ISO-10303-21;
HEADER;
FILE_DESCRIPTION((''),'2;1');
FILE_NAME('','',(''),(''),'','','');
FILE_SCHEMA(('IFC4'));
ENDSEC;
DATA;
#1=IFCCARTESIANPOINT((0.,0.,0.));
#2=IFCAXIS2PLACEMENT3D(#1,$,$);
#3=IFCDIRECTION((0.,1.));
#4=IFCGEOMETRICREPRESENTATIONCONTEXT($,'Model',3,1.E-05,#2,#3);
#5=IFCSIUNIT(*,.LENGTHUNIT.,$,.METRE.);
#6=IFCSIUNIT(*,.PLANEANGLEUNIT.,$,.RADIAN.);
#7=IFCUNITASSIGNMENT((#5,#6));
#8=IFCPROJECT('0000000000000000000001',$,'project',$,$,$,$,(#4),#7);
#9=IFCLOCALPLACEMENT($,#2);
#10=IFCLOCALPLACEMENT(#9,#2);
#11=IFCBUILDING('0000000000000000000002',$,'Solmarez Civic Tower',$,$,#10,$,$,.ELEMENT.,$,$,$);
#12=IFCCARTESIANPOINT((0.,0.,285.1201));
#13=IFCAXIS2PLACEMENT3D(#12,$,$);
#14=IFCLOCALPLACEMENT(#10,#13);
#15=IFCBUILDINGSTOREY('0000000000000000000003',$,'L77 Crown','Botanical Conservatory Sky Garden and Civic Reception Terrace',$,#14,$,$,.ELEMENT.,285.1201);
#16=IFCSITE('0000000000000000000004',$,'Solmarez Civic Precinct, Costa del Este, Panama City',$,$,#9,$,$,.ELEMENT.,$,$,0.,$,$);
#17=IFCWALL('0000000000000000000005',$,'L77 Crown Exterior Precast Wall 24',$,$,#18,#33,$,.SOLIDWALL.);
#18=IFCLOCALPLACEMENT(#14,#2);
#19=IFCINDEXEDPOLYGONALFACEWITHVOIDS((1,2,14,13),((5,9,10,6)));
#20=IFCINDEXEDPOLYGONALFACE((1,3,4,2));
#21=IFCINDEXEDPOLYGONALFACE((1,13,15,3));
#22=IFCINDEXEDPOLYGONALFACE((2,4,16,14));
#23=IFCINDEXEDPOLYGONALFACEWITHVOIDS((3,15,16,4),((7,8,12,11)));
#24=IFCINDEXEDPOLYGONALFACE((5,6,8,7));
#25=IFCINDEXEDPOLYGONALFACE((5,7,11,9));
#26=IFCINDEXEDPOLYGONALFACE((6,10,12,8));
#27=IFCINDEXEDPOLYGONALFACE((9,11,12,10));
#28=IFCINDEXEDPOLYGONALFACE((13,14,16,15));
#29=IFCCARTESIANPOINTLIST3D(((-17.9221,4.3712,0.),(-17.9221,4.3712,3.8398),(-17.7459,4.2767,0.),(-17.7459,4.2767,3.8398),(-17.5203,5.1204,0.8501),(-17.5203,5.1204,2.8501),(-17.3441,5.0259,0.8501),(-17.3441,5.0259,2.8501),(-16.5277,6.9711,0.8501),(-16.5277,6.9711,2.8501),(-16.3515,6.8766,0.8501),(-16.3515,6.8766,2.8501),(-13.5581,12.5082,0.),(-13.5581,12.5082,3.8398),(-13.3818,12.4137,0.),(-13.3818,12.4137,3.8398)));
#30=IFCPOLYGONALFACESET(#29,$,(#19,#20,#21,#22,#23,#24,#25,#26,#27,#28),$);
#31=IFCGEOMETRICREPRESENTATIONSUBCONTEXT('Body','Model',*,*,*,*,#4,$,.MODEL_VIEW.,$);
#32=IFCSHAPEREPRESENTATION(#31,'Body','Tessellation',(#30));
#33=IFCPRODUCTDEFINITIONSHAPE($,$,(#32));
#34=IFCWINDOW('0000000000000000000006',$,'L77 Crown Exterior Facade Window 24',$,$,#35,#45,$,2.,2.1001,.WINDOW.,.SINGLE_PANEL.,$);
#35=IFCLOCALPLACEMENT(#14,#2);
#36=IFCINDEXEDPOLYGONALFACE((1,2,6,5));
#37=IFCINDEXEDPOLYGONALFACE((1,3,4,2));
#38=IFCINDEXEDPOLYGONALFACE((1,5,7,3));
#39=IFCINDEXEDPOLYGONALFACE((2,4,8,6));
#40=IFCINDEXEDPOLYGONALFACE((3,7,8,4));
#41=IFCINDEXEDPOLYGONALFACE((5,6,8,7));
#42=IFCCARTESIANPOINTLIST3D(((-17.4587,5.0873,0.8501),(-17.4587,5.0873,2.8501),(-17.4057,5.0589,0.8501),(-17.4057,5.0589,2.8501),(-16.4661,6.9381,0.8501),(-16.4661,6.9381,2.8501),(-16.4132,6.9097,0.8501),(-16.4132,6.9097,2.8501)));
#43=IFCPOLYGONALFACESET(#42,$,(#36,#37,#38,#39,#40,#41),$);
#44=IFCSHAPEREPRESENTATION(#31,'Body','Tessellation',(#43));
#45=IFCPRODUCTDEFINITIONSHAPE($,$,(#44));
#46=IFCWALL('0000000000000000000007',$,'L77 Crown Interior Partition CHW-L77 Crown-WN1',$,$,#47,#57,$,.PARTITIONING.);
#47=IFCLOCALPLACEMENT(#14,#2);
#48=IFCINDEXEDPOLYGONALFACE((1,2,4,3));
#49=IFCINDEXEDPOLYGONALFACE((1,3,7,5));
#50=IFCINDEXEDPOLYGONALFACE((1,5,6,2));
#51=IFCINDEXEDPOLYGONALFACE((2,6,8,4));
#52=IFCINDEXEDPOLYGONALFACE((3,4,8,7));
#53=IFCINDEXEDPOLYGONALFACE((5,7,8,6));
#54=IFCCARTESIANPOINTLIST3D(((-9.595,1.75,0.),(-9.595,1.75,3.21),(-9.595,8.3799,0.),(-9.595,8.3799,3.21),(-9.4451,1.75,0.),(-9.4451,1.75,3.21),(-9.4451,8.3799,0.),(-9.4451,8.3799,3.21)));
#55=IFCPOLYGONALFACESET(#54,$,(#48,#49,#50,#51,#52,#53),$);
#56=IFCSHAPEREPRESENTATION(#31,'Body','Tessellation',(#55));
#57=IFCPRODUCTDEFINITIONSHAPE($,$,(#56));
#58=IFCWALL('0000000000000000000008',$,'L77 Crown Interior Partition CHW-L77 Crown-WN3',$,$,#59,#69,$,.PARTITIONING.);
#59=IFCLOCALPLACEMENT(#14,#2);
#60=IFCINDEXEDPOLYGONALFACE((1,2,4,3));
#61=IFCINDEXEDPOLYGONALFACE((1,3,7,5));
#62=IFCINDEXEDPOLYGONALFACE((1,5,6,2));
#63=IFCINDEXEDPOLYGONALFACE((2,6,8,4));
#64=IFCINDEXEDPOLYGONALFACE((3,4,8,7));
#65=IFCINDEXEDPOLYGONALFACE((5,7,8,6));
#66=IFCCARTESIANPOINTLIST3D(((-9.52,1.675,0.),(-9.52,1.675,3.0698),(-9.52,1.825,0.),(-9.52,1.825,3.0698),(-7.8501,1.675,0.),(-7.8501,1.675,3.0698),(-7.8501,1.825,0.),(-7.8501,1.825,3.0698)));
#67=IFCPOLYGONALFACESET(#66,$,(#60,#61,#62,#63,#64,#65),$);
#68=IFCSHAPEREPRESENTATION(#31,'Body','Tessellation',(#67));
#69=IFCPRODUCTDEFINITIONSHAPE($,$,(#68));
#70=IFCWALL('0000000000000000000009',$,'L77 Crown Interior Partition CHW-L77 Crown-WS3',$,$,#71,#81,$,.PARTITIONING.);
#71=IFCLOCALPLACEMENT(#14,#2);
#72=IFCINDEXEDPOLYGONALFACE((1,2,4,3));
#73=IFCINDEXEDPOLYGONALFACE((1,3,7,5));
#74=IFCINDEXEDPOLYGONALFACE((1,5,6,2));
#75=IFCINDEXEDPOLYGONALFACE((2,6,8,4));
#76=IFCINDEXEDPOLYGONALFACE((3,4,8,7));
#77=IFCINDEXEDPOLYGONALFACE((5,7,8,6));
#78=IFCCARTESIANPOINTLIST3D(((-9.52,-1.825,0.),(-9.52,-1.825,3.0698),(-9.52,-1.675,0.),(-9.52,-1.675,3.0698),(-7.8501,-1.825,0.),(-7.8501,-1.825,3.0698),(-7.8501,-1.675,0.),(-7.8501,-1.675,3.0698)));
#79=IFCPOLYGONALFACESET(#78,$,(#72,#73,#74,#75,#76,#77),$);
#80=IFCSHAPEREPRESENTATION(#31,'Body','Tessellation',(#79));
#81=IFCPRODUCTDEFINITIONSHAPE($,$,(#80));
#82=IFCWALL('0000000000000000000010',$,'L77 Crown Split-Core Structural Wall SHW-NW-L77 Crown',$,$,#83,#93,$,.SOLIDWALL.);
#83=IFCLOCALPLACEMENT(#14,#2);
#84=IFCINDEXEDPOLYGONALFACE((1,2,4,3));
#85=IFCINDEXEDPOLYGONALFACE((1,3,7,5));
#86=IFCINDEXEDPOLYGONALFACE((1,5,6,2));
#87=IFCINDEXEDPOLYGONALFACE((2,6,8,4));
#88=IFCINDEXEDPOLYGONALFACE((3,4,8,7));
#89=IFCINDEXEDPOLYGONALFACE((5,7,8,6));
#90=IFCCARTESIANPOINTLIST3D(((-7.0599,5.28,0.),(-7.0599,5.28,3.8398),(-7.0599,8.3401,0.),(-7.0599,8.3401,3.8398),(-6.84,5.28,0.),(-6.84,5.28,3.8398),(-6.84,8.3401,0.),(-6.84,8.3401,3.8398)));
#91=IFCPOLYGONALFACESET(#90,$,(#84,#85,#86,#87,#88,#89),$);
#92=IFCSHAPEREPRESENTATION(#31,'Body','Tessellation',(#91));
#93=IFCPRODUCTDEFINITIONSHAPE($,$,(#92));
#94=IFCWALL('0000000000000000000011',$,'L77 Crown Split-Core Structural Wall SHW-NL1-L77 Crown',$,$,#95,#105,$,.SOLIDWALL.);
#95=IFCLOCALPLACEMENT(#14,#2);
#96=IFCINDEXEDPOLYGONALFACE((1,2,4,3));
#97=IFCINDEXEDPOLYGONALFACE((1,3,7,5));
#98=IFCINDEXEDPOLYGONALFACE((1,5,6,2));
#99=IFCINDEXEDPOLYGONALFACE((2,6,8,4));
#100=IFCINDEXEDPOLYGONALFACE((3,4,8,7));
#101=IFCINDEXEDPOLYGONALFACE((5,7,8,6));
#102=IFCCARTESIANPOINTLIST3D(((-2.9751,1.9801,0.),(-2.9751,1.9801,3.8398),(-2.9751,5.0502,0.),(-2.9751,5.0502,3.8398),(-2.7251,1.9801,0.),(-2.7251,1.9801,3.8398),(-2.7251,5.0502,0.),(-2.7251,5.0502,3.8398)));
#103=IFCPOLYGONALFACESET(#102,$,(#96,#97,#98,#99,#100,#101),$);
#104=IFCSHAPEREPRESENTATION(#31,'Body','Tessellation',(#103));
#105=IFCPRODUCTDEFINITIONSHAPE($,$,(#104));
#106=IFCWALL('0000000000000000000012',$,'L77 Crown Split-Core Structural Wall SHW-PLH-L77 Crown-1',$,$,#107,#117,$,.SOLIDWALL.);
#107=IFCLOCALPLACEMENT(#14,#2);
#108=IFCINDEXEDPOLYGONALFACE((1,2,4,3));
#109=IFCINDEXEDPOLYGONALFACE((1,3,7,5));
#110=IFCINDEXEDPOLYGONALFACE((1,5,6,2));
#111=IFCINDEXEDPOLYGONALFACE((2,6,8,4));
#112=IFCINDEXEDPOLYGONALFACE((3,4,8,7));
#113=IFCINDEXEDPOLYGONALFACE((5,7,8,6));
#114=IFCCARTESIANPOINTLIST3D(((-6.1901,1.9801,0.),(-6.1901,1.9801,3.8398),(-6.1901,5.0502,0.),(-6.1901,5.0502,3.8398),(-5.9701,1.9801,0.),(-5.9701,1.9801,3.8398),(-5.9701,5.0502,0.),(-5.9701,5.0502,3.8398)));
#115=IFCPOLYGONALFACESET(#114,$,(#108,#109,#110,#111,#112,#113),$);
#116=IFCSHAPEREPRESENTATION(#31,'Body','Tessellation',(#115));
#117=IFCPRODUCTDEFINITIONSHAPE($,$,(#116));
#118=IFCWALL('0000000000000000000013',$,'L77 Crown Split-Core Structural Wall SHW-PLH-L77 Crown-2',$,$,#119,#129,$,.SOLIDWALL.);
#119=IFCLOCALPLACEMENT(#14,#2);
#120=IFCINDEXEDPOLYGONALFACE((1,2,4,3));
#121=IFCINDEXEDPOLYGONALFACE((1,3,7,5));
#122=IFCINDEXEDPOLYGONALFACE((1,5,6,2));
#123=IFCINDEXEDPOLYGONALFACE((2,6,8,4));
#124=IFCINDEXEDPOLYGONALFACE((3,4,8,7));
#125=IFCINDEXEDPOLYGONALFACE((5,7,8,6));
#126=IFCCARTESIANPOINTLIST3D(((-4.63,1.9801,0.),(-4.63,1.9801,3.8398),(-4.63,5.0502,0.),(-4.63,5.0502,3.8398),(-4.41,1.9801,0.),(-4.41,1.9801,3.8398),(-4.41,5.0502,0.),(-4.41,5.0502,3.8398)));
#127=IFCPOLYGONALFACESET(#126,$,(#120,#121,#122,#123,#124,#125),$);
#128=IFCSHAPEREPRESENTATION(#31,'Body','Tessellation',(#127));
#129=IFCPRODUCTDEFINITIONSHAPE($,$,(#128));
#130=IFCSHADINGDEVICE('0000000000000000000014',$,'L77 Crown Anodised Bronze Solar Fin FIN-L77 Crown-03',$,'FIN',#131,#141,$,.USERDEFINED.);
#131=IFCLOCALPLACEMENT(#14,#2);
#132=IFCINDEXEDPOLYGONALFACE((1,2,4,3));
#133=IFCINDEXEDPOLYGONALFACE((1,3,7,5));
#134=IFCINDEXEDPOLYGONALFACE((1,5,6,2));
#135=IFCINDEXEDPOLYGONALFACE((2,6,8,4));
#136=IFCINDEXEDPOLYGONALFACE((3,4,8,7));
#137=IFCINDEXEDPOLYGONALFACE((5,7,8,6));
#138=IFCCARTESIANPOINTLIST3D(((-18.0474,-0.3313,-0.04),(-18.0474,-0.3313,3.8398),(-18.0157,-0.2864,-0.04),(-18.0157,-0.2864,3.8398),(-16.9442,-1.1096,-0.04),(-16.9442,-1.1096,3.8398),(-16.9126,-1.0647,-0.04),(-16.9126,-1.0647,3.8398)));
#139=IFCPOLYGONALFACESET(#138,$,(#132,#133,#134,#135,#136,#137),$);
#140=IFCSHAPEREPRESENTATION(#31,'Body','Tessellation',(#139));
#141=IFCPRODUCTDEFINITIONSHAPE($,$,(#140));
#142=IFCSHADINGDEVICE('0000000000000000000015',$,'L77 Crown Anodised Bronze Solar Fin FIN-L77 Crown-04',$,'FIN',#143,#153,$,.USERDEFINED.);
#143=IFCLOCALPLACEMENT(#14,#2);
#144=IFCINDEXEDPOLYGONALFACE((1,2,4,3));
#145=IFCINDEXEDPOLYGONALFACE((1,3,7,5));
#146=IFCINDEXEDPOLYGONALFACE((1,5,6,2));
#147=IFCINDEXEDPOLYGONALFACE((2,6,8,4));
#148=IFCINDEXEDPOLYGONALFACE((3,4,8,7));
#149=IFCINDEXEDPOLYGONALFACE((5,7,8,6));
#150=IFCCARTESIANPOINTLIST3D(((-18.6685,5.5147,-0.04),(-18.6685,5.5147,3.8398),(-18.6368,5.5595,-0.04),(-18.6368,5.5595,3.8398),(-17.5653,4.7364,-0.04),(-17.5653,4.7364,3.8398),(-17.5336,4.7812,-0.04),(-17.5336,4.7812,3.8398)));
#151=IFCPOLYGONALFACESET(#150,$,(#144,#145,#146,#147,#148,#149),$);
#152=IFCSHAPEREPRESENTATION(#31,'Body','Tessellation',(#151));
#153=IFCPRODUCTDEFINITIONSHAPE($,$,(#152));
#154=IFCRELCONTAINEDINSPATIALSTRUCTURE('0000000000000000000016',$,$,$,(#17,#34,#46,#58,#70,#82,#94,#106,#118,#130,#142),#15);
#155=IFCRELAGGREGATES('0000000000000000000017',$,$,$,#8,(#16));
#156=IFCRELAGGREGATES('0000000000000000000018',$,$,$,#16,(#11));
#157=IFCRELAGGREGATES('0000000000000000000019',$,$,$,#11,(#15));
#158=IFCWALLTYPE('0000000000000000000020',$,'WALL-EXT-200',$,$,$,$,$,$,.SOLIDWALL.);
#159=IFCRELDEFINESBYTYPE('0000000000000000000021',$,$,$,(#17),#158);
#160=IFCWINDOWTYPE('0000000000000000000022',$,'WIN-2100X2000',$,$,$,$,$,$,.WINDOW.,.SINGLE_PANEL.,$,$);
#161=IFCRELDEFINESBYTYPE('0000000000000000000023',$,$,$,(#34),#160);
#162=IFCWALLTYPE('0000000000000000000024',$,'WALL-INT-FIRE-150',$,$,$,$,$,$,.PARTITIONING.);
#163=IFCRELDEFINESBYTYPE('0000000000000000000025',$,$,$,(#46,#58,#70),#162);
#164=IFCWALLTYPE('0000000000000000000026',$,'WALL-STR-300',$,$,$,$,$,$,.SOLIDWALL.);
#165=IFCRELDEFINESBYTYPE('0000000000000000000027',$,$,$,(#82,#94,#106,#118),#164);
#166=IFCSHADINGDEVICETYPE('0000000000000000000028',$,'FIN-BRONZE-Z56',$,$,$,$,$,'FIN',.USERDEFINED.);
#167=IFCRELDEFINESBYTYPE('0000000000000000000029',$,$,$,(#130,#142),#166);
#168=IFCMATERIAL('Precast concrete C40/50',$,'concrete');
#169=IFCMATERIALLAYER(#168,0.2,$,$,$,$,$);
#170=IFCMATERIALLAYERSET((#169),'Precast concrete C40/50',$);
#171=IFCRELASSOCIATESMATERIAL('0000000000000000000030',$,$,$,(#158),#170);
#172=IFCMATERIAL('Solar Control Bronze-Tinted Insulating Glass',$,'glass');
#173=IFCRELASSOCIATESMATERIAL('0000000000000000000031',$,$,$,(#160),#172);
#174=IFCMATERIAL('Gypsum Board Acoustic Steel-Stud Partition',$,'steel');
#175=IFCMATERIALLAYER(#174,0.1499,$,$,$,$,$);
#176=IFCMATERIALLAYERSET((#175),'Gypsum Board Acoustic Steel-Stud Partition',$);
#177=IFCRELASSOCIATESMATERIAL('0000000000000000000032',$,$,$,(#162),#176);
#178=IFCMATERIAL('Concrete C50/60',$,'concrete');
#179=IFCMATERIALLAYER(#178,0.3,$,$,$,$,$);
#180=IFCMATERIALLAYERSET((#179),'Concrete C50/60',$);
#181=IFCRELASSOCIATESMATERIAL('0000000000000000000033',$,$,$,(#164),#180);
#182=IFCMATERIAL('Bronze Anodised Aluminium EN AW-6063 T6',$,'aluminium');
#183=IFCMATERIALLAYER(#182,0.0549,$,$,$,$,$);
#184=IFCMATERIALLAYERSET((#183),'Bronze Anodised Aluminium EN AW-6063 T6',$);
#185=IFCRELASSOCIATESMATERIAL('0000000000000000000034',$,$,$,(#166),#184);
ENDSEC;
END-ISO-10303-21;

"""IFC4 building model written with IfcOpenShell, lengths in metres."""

from ifc_helpers import new_model, si_unit, direction, frame, frame_2d, origin, origin_2d, place, context, subcontext, project, spatial, rectangle, extrude, material, layer, layer_set, type_object, element, fill, save


model = new_model("IFC4")

# Units and contexts
model_context = context("Model", 3, precision=1e-05, world=origin(), true_north=direction((0.0, 1.0)))
body_context = subcontext(model_context, "Body", "Model", "MODEL_VIEW")
ifc_project = project(units=[si_unit("LENGTHUNIT", "METRE"), si_unit("PLANEANGLEUNIT", "RADIAN")], contexts=[model_context])

# Site, building, storey
site_placement = place(None, origin())
site = spatial("IfcSite", under=ifc_project, at=site_placement, Name="Solmarez Civic Precinct, Costa del Este, Panama City", CompositionType="ELEMENT", RefElevation=0.0)
building_placement = place(site_placement, origin())
building = spatial("IfcBuilding", under=site, at=building_placement, Name="Solmarez Civic Tower", CompositionType="ELEMENT")
storey_placement = place(building_placement, frame((0.0, 0.0, 285.1201)))
storey = spatial("IfcBuildingStorey", under=building, at=storey_placement, Name="L77 Crown", Description="Botanical Conservatory Sky Garden and Civic Reception Terrace", CompositionType="ELEMENT", Elevation=285.1201)

# Shared definitions
ifc_material_1 = material(Name="Concrete C50/60", Category="concrete")

# Shared definitions
ifc_material_2 = material(Name="Precast concrete C40/50", Category="concrete")
ifc_layer_1 = layer(ifc_material_2, 0.2)
ifc_layer_set_1 = layer_set([ifc_layer_1], Name="Precast concrete C40/50")
wall_type_1 = type_object("IfcWallType", Name="WALL-EXT-200", PredefinedType="SOLIDWALL", material=ifc_layer_set_1)

# Wall, opening, window
wall_1_placement = place(storey_placement, frame((-17.834, 4.324, 0.0), z_axis=(0.0, 0.0, 1.0), x_axis=(0.472636, 0.881258, 0.0)))
wall_1 = element("IfcWall", 1, at=wall_1_placement, inside=storey, type_object=wall_type_1, Name="L77 Crown Exterior Precast Wall 24", PredefinedType="SOLIDWALL", context=body_context, shape_type="SweptSolid", body=[
    extrude(rectangle(XDim=9.2334, YDim=0.2, at=frame_2d((4.6167, 0.0))), origin(), (0.0, 0.0, 1.0), 3.8398),
])
opening_placement = place(wall_1_placement, frame((0.8501, 0.0, 0.8501)))
opening = element("IfcOpeningElement", 2, at=opening_placement, cuts=wall_1, PredefinedType="OPENING", context=body_context, shape_type="SweptSolid", body=[
    extrude(rectangle(XDim=2.1001, YDim=2.0, at=frame_2d((1.05, 1.0))), frame((0.0, 0.1099, 0.0), z_axis=(0.0, -1.0, 0.0), x_axis=(1.0, 0.0, 0.0)), (0.0, 0.0, 1.0), 0.22),
])
ifc_material_3 = material(Name="Solar Control Bronze-Tinted Insulating Glass", Category="glass")
window_type = type_object("IfcWindowType", Name="WIN-2100X2000", PartitioningType="SINGLE_PANEL", PredefinedType="WINDOW", material=ifc_material_3)
window_placement = place(opening_placement, origin())
window = element("IfcWindow", 3, at=window_placement, inside=storey, type_object=window_type, Name="L77 Crown Exterior Facade Window 24", OverallHeight=2.0, OverallWidth=2.1001, PartitioningType="SINGLE_PANEL", PredefinedType="WINDOW", context=body_context, shape_type="SweptSolid", body=[
    extrude(rectangle(XDim=2.1001, YDim=2.0, at=frame_2d((1.05, 1.0))), frame((0.0, 0.03, 0.0), z_axis=(0.0, -1.0, 0.0), x_axis=(1.0, 0.0, 0.0)), (0.0, 0.0, 1.0), 0.0601),
])
fill(opening, window)

# Walls
ifc_material_4 = material(Name="Gypsum Board Acoustic Steel-Stud Partition", Category="steel")
ifc_layer_2 = layer(ifc_material_4, 0.1499)
ifc_layer_set_2 = layer_set([ifc_layer_2], Name="Gypsum Board Acoustic Steel-Stud Partition")
wall_type_2 = type_object("IfcWallType", Name="WALL-INT-FIRE-150", PredefinedType="PARTITIONING", material=ifc_layer_set_2)
wall_2_placement = place(storey_placement, frame((-9.52, 1.75, 0.0), z_axis=(0.0, 0.0, 1.0), x_axis=(0.0, 1.0, 0.0)))
element("IfcWall", 4, at=wall_2_placement, inside=storey, type_object=wall_type_2, Name="L77 Crown Interior Partition CHW-L77 Crown-WN1", PredefinedType="PARTITIONING", context=body_context, shape_type="SweptSolid", body=[
    extrude(rectangle(XDim=6.6299, YDim=0.1499, at=frame_2d((3.3149, 0.0))), origin(), (0.0, 0.0, 1.0), 3.21),
])
for number, where, z_axis, x_axis, name in (
    (5, (-7.8501, 1.75, 0.0), (0.0, 0.0, 1.0), (-1.0, 0.0, 0.0), "L77 Crown Interior Partition CHW-L77 Crown-WN3"),
    (6, (-7.8501, -1.75, 0.0), (0.0, 0.0, 1.0), (-1.0, 0.0, 0.0), "L77 Crown Interior Partition CHW-L77 Crown-WS3"),
):
    element("IfcWall", number, at=place(storey_placement, frame(where, z_axis=z_axis, x_axis=x_axis)), inside=storey, type_object=wall_type_2, Name=name, PredefinedType="PARTITIONING", context=body_context, shape_type="SweptSolid", body=[
        extrude(rectangle(XDim=1.6699, YDim=0.1499, at=frame_2d((0.835, 0.0))), origin(), (0.0, 0.0, 1.0), 3.0698),
    ])
ifc_layer_3 = layer(ifc_material_1, 0.3)
ifc_layer_set_3 = layer_set([ifc_layer_3], Name="Concrete C50/60")
wall_type_3 = type_object("IfcWallType", Name="WALL-STR-300", PredefinedType="SOLIDWALL", material=ifc_layer_set_3)
wall_3_placement = place(storey_placement, frame((-6.95, 5.28, 0.0), z_axis=(0.0, 0.0, 1.0), x_axis=(0.0, 1.0, 0.0)))
element("IfcWall", 7, at=wall_3_placement, inside=storey, type_object=wall_type_3, Name="L77 Crown Split-Core Structural Wall SHW-NW-L77 Crown", PredefinedType="SOLIDWALL", context=body_context, shape_type="SweptSolid", body=[
    extrude(rectangle(XDim=3.0601, YDim=0.22, at=frame_2d((1.53, 0.0))), origin(), (0.0, 0.0, 1.0), 3.8398),
])
wall_4_placement = place(storey_placement, frame((-2.8501, 1.98, 0.0), z_axis=(0.0, 0.0, 1.0), x_axis=(0.0, 1.0, 0.0)))
element("IfcWall", 8, at=wall_4_placement, inside=storey, type_object=wall_type_3, Name="L77 Crown Split-Core Structural Wall SHW-NL1-L77 Crown", PredefinedType="SOLIDWALL", context=body_context, shape_type="SweptSolid", body=[
    extrude(rectangle(XDim=3.0701, YDim=0.25, at=frame_2d((1.5352, 0.0))), origin(), (0.0, 0.0, 1.0), 3.8398),
])
for number, where, z_axis, x_axis, name in (
    (9, (-6.0801, 1.98, 0.0), (0.0, 0.0, 1.0), (0.0, 1.0, 0.0), "L77 Crown Split-Core Structural Wall SHW-PLH-L77 Crown-1"),
    (10, (-4.52, 1.98, 0.0), (0.0, 0.0, 1.0), (0.0, 1.0, 0.0), "L77 Crown Split-Core Structural Wall SHW-PLH-L77 Crown-2"),
):
    element("IfcWall", number, at=place(storey_placement, frame(where, z_axis=z_axis, x_axis=x_axis)), inside=storey, type_object=wall_type_3, Name=name, PredefinedType="SOLIDWALL", context=body_context, shape_type="SweptSolid", body=[
        extrude(rectangle(XDim=3.0701, YDim=0.22, at=frame_2d((1.5352, 0.0))), origin(), (0.0, 0.0, 1.0), 3.8398),
    ])

# Shading devices
ifc_material_5 = material(Name="Bronze Anodised Aluminium EN AW-6063 T6", Category="aluminium")
ifc_layer_4 = layer(ifc_material_5, 0.0549)
ifc_layer_set_4 = layer_set([ifc_layer_4], Name="Bronze Anodised Aluminium EN AW-6063 T6")
shading_device_type = type_object("IfcShadingDeviceType", Name="FIN-BRONZE-Z56", ElementType="FIN", PredefinedType="USERDEFINED", material=ifc_layer_set_4)
for number, where, z_axis, x_axis, name in (
    (11, (-17.48, -0.698, -0.04), (0.0, 0.0, 1.0), (-0.817095, 0.576504, 0.0), "L77 Crown Anodised Bronze Solar Fin FIN-L77 Crown-03"),
    (12, (-18.1011, 5.1479, -0.04), (0.0, 0.0, 1.0), (-0.817115, 0.576475, 0.0), "L77 Crown Anodised Bronze Solar Fin FIN-L77 Crown-04"),
):
    element("IfcShadingDevice", number, at=place(storey_placement, frame(where, z_axis=z_axis, x_axis=x_axis)), inside=storey, type_object=shading_device_type, Name=name, ObjectType="FIN", PredefinedType="USERDEFINED", context=body_context, shape_type="SweptSolid", body=[
        extrude(rectangle(XDim=1.3501, YDim=0.0549, at=origin_2d()), origin(), (0.0, 0.0, 1.0), 3.8799),
    ])

save(model, "model.ifc")
